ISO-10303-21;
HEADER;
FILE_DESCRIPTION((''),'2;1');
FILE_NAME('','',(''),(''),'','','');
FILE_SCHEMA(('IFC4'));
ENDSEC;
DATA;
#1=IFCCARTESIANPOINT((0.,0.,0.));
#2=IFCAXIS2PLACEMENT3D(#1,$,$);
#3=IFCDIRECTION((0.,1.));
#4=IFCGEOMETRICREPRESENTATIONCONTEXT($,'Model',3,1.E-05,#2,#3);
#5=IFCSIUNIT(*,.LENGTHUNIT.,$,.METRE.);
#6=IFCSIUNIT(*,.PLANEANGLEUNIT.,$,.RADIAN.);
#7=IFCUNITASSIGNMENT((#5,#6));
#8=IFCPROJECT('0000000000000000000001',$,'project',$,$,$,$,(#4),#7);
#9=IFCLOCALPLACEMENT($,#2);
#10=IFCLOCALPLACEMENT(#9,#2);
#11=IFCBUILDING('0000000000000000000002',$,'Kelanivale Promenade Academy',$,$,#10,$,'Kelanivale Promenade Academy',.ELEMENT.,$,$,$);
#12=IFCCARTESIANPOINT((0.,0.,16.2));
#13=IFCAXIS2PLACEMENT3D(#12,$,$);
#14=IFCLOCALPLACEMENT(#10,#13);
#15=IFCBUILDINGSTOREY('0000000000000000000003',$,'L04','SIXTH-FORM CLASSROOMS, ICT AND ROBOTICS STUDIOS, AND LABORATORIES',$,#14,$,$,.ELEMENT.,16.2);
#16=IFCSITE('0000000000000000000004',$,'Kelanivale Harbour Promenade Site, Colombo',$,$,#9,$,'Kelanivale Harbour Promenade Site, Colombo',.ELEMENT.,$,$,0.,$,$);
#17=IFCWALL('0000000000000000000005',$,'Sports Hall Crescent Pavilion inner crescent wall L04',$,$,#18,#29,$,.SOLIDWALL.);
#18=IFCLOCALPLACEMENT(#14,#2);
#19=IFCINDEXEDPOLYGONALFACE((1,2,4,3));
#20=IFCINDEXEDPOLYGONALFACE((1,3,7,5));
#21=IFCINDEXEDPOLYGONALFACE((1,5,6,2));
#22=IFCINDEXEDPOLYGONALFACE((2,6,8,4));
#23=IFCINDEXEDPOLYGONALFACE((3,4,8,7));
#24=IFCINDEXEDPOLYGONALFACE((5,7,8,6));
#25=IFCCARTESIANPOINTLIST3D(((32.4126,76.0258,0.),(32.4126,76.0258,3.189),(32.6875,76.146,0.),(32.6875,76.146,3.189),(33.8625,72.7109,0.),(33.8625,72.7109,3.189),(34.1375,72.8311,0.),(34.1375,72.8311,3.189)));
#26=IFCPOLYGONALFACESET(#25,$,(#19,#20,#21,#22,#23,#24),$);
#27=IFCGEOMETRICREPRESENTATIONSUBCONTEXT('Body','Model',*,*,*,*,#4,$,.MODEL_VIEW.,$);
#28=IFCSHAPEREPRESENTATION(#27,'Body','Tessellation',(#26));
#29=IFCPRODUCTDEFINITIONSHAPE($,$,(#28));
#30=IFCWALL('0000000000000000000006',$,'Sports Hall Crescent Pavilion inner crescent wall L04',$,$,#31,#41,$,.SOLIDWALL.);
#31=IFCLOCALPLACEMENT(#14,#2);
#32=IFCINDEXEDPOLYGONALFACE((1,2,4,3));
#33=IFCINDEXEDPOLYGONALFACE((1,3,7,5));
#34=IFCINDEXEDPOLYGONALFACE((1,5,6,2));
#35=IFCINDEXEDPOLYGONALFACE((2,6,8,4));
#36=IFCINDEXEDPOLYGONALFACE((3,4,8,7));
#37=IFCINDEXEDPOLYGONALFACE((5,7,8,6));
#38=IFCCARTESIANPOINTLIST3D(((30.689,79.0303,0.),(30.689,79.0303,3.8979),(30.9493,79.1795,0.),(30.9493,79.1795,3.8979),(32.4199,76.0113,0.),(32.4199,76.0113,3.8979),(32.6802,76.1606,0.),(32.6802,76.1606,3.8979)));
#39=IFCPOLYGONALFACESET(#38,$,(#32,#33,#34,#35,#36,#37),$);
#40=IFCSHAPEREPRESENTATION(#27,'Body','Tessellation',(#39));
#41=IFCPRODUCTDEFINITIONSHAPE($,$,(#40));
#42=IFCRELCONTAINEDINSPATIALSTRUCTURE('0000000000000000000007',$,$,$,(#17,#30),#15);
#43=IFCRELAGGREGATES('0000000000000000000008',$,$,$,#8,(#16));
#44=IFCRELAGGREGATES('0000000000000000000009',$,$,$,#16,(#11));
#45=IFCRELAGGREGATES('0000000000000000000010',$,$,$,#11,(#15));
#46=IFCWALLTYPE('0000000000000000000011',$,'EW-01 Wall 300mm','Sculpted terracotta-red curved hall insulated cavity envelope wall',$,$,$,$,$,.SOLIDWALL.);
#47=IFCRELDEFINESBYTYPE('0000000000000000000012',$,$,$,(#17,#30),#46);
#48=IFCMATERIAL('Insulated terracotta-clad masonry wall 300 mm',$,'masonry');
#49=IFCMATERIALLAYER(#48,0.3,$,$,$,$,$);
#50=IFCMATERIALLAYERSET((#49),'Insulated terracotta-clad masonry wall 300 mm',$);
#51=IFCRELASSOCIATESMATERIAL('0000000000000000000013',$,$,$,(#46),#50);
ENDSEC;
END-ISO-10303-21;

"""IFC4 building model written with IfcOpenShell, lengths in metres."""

from ifc_helpers import new_model, si_unit, direction, frame, frame_2d, origin, place, context, subcontext, project, spatial, rectangle, extrude, material, layer, layer_set, type_object, element, save


model = new_model("IFC4")

# Units and contexts
model_context = context("Model", 3, precision=1e-05, world=origin(), true_north=direction((0.0, 1.0)))
body_context = subcontext(model_context, "Body", "Model", "MODEL_VIEW")
ifc_project = project(units=[si_unit("LENGTHUNIT", "METRE"), si_unit("PLANEANGLEUNIT", "RADIAN")], contexts=[model_context])

# Site, building, storey
site_placement = place(None, origin())
site = spatial("IfcSite", under=ifc_project, at=site_placement, Name="Kelanivale Harbour Promenade Site, Colombo", LongName="Kelanivale Harbour Promenade Site, Colombo", CompositionType="ELEMENT", RefElevation=0.0)
building_placement = place(site_placement, origin())
building = spatial("IfcBuilding", under=site, at=building_placement, Name="Kelanivale Promenade Academy", LongName="Kelanivale Promenade Academy", CompositionType="ELEMENT")
storey_placement = place(building_placement, frame((0.0, 0.0, 16.2)))
storey = spatial("IfcBuildingStorey", under=building, at=storey_placement, Name="L04", Description="SIXTH-FORM CLASSROOMS, ICT AND ROBOTICS STUDIOS, AND LABORATORIES", CompositionType="ELEMENT", Elevation=16.2)

# Walls
ifc_material_1 = material(Name="Insulated terracotta-clad masonry wall 300 mm", Category="masonry")
ifc_layer_1 = layer(ifc_material_1, 0.3)
ifc_layer_set_1 = layer_set([ifc_layer_1], Name="Insulated terracotta-clad masonry wall 300 mm")
wall_type = type_object("IfcWallType", Name="EW-01 Wall 300mm", Description="Sculpted terracotta-red curved hall insulated cavity envelope wall", PredefinedType="SOLIDWALL", material=ifc_layer_set_1)
wall_1_placement = place(storey_placement, frame((34.0, 72.771, 0.0), z_axis=(0.0, 0.0, 1.0), x_axis=(-0.400741, 0.916191, 0.0)))
element("IfcWall", 1, at=wall_1_placement, inside=storey, type_object=wall_type, Name="Sports Hall Crescent Pavilion inner crescent wall L04", PredefinedType="SOLIDWALL", context=body_context, shape_type="SweptSolid", body=[
    extrude(rectangle(XDim=3.6182, YDim=0.3, at=frame_2d((1.8091, 0.0))), origin(), (0.0, 0.0, 1.0), 3.189),
])
wall_2_placement = place(storey_placement, frame((32.55, 76.0859, 0.0), z_axis=(0.0, 0.0, 1.0), x_axis=(-0.497393, 0.867526, 0.0)))
element("IfcWall", 2, at=wall_2_placement, inside=storey, type_object=wall_type, Name="Sports Hall Crescent Pavilion inner crescent wall L04", PredefinedType="SOLIDWALL", context=body_context, shape_type="SweptSolid", body=[
    extrude(rectangle(XDim=3.48, YDim=0.3, at=frame_2d((1.74, 0.0))), origin(), (0.0, 0.0, 1.0), 3.8979),
])

save(model, "model.ifc")
